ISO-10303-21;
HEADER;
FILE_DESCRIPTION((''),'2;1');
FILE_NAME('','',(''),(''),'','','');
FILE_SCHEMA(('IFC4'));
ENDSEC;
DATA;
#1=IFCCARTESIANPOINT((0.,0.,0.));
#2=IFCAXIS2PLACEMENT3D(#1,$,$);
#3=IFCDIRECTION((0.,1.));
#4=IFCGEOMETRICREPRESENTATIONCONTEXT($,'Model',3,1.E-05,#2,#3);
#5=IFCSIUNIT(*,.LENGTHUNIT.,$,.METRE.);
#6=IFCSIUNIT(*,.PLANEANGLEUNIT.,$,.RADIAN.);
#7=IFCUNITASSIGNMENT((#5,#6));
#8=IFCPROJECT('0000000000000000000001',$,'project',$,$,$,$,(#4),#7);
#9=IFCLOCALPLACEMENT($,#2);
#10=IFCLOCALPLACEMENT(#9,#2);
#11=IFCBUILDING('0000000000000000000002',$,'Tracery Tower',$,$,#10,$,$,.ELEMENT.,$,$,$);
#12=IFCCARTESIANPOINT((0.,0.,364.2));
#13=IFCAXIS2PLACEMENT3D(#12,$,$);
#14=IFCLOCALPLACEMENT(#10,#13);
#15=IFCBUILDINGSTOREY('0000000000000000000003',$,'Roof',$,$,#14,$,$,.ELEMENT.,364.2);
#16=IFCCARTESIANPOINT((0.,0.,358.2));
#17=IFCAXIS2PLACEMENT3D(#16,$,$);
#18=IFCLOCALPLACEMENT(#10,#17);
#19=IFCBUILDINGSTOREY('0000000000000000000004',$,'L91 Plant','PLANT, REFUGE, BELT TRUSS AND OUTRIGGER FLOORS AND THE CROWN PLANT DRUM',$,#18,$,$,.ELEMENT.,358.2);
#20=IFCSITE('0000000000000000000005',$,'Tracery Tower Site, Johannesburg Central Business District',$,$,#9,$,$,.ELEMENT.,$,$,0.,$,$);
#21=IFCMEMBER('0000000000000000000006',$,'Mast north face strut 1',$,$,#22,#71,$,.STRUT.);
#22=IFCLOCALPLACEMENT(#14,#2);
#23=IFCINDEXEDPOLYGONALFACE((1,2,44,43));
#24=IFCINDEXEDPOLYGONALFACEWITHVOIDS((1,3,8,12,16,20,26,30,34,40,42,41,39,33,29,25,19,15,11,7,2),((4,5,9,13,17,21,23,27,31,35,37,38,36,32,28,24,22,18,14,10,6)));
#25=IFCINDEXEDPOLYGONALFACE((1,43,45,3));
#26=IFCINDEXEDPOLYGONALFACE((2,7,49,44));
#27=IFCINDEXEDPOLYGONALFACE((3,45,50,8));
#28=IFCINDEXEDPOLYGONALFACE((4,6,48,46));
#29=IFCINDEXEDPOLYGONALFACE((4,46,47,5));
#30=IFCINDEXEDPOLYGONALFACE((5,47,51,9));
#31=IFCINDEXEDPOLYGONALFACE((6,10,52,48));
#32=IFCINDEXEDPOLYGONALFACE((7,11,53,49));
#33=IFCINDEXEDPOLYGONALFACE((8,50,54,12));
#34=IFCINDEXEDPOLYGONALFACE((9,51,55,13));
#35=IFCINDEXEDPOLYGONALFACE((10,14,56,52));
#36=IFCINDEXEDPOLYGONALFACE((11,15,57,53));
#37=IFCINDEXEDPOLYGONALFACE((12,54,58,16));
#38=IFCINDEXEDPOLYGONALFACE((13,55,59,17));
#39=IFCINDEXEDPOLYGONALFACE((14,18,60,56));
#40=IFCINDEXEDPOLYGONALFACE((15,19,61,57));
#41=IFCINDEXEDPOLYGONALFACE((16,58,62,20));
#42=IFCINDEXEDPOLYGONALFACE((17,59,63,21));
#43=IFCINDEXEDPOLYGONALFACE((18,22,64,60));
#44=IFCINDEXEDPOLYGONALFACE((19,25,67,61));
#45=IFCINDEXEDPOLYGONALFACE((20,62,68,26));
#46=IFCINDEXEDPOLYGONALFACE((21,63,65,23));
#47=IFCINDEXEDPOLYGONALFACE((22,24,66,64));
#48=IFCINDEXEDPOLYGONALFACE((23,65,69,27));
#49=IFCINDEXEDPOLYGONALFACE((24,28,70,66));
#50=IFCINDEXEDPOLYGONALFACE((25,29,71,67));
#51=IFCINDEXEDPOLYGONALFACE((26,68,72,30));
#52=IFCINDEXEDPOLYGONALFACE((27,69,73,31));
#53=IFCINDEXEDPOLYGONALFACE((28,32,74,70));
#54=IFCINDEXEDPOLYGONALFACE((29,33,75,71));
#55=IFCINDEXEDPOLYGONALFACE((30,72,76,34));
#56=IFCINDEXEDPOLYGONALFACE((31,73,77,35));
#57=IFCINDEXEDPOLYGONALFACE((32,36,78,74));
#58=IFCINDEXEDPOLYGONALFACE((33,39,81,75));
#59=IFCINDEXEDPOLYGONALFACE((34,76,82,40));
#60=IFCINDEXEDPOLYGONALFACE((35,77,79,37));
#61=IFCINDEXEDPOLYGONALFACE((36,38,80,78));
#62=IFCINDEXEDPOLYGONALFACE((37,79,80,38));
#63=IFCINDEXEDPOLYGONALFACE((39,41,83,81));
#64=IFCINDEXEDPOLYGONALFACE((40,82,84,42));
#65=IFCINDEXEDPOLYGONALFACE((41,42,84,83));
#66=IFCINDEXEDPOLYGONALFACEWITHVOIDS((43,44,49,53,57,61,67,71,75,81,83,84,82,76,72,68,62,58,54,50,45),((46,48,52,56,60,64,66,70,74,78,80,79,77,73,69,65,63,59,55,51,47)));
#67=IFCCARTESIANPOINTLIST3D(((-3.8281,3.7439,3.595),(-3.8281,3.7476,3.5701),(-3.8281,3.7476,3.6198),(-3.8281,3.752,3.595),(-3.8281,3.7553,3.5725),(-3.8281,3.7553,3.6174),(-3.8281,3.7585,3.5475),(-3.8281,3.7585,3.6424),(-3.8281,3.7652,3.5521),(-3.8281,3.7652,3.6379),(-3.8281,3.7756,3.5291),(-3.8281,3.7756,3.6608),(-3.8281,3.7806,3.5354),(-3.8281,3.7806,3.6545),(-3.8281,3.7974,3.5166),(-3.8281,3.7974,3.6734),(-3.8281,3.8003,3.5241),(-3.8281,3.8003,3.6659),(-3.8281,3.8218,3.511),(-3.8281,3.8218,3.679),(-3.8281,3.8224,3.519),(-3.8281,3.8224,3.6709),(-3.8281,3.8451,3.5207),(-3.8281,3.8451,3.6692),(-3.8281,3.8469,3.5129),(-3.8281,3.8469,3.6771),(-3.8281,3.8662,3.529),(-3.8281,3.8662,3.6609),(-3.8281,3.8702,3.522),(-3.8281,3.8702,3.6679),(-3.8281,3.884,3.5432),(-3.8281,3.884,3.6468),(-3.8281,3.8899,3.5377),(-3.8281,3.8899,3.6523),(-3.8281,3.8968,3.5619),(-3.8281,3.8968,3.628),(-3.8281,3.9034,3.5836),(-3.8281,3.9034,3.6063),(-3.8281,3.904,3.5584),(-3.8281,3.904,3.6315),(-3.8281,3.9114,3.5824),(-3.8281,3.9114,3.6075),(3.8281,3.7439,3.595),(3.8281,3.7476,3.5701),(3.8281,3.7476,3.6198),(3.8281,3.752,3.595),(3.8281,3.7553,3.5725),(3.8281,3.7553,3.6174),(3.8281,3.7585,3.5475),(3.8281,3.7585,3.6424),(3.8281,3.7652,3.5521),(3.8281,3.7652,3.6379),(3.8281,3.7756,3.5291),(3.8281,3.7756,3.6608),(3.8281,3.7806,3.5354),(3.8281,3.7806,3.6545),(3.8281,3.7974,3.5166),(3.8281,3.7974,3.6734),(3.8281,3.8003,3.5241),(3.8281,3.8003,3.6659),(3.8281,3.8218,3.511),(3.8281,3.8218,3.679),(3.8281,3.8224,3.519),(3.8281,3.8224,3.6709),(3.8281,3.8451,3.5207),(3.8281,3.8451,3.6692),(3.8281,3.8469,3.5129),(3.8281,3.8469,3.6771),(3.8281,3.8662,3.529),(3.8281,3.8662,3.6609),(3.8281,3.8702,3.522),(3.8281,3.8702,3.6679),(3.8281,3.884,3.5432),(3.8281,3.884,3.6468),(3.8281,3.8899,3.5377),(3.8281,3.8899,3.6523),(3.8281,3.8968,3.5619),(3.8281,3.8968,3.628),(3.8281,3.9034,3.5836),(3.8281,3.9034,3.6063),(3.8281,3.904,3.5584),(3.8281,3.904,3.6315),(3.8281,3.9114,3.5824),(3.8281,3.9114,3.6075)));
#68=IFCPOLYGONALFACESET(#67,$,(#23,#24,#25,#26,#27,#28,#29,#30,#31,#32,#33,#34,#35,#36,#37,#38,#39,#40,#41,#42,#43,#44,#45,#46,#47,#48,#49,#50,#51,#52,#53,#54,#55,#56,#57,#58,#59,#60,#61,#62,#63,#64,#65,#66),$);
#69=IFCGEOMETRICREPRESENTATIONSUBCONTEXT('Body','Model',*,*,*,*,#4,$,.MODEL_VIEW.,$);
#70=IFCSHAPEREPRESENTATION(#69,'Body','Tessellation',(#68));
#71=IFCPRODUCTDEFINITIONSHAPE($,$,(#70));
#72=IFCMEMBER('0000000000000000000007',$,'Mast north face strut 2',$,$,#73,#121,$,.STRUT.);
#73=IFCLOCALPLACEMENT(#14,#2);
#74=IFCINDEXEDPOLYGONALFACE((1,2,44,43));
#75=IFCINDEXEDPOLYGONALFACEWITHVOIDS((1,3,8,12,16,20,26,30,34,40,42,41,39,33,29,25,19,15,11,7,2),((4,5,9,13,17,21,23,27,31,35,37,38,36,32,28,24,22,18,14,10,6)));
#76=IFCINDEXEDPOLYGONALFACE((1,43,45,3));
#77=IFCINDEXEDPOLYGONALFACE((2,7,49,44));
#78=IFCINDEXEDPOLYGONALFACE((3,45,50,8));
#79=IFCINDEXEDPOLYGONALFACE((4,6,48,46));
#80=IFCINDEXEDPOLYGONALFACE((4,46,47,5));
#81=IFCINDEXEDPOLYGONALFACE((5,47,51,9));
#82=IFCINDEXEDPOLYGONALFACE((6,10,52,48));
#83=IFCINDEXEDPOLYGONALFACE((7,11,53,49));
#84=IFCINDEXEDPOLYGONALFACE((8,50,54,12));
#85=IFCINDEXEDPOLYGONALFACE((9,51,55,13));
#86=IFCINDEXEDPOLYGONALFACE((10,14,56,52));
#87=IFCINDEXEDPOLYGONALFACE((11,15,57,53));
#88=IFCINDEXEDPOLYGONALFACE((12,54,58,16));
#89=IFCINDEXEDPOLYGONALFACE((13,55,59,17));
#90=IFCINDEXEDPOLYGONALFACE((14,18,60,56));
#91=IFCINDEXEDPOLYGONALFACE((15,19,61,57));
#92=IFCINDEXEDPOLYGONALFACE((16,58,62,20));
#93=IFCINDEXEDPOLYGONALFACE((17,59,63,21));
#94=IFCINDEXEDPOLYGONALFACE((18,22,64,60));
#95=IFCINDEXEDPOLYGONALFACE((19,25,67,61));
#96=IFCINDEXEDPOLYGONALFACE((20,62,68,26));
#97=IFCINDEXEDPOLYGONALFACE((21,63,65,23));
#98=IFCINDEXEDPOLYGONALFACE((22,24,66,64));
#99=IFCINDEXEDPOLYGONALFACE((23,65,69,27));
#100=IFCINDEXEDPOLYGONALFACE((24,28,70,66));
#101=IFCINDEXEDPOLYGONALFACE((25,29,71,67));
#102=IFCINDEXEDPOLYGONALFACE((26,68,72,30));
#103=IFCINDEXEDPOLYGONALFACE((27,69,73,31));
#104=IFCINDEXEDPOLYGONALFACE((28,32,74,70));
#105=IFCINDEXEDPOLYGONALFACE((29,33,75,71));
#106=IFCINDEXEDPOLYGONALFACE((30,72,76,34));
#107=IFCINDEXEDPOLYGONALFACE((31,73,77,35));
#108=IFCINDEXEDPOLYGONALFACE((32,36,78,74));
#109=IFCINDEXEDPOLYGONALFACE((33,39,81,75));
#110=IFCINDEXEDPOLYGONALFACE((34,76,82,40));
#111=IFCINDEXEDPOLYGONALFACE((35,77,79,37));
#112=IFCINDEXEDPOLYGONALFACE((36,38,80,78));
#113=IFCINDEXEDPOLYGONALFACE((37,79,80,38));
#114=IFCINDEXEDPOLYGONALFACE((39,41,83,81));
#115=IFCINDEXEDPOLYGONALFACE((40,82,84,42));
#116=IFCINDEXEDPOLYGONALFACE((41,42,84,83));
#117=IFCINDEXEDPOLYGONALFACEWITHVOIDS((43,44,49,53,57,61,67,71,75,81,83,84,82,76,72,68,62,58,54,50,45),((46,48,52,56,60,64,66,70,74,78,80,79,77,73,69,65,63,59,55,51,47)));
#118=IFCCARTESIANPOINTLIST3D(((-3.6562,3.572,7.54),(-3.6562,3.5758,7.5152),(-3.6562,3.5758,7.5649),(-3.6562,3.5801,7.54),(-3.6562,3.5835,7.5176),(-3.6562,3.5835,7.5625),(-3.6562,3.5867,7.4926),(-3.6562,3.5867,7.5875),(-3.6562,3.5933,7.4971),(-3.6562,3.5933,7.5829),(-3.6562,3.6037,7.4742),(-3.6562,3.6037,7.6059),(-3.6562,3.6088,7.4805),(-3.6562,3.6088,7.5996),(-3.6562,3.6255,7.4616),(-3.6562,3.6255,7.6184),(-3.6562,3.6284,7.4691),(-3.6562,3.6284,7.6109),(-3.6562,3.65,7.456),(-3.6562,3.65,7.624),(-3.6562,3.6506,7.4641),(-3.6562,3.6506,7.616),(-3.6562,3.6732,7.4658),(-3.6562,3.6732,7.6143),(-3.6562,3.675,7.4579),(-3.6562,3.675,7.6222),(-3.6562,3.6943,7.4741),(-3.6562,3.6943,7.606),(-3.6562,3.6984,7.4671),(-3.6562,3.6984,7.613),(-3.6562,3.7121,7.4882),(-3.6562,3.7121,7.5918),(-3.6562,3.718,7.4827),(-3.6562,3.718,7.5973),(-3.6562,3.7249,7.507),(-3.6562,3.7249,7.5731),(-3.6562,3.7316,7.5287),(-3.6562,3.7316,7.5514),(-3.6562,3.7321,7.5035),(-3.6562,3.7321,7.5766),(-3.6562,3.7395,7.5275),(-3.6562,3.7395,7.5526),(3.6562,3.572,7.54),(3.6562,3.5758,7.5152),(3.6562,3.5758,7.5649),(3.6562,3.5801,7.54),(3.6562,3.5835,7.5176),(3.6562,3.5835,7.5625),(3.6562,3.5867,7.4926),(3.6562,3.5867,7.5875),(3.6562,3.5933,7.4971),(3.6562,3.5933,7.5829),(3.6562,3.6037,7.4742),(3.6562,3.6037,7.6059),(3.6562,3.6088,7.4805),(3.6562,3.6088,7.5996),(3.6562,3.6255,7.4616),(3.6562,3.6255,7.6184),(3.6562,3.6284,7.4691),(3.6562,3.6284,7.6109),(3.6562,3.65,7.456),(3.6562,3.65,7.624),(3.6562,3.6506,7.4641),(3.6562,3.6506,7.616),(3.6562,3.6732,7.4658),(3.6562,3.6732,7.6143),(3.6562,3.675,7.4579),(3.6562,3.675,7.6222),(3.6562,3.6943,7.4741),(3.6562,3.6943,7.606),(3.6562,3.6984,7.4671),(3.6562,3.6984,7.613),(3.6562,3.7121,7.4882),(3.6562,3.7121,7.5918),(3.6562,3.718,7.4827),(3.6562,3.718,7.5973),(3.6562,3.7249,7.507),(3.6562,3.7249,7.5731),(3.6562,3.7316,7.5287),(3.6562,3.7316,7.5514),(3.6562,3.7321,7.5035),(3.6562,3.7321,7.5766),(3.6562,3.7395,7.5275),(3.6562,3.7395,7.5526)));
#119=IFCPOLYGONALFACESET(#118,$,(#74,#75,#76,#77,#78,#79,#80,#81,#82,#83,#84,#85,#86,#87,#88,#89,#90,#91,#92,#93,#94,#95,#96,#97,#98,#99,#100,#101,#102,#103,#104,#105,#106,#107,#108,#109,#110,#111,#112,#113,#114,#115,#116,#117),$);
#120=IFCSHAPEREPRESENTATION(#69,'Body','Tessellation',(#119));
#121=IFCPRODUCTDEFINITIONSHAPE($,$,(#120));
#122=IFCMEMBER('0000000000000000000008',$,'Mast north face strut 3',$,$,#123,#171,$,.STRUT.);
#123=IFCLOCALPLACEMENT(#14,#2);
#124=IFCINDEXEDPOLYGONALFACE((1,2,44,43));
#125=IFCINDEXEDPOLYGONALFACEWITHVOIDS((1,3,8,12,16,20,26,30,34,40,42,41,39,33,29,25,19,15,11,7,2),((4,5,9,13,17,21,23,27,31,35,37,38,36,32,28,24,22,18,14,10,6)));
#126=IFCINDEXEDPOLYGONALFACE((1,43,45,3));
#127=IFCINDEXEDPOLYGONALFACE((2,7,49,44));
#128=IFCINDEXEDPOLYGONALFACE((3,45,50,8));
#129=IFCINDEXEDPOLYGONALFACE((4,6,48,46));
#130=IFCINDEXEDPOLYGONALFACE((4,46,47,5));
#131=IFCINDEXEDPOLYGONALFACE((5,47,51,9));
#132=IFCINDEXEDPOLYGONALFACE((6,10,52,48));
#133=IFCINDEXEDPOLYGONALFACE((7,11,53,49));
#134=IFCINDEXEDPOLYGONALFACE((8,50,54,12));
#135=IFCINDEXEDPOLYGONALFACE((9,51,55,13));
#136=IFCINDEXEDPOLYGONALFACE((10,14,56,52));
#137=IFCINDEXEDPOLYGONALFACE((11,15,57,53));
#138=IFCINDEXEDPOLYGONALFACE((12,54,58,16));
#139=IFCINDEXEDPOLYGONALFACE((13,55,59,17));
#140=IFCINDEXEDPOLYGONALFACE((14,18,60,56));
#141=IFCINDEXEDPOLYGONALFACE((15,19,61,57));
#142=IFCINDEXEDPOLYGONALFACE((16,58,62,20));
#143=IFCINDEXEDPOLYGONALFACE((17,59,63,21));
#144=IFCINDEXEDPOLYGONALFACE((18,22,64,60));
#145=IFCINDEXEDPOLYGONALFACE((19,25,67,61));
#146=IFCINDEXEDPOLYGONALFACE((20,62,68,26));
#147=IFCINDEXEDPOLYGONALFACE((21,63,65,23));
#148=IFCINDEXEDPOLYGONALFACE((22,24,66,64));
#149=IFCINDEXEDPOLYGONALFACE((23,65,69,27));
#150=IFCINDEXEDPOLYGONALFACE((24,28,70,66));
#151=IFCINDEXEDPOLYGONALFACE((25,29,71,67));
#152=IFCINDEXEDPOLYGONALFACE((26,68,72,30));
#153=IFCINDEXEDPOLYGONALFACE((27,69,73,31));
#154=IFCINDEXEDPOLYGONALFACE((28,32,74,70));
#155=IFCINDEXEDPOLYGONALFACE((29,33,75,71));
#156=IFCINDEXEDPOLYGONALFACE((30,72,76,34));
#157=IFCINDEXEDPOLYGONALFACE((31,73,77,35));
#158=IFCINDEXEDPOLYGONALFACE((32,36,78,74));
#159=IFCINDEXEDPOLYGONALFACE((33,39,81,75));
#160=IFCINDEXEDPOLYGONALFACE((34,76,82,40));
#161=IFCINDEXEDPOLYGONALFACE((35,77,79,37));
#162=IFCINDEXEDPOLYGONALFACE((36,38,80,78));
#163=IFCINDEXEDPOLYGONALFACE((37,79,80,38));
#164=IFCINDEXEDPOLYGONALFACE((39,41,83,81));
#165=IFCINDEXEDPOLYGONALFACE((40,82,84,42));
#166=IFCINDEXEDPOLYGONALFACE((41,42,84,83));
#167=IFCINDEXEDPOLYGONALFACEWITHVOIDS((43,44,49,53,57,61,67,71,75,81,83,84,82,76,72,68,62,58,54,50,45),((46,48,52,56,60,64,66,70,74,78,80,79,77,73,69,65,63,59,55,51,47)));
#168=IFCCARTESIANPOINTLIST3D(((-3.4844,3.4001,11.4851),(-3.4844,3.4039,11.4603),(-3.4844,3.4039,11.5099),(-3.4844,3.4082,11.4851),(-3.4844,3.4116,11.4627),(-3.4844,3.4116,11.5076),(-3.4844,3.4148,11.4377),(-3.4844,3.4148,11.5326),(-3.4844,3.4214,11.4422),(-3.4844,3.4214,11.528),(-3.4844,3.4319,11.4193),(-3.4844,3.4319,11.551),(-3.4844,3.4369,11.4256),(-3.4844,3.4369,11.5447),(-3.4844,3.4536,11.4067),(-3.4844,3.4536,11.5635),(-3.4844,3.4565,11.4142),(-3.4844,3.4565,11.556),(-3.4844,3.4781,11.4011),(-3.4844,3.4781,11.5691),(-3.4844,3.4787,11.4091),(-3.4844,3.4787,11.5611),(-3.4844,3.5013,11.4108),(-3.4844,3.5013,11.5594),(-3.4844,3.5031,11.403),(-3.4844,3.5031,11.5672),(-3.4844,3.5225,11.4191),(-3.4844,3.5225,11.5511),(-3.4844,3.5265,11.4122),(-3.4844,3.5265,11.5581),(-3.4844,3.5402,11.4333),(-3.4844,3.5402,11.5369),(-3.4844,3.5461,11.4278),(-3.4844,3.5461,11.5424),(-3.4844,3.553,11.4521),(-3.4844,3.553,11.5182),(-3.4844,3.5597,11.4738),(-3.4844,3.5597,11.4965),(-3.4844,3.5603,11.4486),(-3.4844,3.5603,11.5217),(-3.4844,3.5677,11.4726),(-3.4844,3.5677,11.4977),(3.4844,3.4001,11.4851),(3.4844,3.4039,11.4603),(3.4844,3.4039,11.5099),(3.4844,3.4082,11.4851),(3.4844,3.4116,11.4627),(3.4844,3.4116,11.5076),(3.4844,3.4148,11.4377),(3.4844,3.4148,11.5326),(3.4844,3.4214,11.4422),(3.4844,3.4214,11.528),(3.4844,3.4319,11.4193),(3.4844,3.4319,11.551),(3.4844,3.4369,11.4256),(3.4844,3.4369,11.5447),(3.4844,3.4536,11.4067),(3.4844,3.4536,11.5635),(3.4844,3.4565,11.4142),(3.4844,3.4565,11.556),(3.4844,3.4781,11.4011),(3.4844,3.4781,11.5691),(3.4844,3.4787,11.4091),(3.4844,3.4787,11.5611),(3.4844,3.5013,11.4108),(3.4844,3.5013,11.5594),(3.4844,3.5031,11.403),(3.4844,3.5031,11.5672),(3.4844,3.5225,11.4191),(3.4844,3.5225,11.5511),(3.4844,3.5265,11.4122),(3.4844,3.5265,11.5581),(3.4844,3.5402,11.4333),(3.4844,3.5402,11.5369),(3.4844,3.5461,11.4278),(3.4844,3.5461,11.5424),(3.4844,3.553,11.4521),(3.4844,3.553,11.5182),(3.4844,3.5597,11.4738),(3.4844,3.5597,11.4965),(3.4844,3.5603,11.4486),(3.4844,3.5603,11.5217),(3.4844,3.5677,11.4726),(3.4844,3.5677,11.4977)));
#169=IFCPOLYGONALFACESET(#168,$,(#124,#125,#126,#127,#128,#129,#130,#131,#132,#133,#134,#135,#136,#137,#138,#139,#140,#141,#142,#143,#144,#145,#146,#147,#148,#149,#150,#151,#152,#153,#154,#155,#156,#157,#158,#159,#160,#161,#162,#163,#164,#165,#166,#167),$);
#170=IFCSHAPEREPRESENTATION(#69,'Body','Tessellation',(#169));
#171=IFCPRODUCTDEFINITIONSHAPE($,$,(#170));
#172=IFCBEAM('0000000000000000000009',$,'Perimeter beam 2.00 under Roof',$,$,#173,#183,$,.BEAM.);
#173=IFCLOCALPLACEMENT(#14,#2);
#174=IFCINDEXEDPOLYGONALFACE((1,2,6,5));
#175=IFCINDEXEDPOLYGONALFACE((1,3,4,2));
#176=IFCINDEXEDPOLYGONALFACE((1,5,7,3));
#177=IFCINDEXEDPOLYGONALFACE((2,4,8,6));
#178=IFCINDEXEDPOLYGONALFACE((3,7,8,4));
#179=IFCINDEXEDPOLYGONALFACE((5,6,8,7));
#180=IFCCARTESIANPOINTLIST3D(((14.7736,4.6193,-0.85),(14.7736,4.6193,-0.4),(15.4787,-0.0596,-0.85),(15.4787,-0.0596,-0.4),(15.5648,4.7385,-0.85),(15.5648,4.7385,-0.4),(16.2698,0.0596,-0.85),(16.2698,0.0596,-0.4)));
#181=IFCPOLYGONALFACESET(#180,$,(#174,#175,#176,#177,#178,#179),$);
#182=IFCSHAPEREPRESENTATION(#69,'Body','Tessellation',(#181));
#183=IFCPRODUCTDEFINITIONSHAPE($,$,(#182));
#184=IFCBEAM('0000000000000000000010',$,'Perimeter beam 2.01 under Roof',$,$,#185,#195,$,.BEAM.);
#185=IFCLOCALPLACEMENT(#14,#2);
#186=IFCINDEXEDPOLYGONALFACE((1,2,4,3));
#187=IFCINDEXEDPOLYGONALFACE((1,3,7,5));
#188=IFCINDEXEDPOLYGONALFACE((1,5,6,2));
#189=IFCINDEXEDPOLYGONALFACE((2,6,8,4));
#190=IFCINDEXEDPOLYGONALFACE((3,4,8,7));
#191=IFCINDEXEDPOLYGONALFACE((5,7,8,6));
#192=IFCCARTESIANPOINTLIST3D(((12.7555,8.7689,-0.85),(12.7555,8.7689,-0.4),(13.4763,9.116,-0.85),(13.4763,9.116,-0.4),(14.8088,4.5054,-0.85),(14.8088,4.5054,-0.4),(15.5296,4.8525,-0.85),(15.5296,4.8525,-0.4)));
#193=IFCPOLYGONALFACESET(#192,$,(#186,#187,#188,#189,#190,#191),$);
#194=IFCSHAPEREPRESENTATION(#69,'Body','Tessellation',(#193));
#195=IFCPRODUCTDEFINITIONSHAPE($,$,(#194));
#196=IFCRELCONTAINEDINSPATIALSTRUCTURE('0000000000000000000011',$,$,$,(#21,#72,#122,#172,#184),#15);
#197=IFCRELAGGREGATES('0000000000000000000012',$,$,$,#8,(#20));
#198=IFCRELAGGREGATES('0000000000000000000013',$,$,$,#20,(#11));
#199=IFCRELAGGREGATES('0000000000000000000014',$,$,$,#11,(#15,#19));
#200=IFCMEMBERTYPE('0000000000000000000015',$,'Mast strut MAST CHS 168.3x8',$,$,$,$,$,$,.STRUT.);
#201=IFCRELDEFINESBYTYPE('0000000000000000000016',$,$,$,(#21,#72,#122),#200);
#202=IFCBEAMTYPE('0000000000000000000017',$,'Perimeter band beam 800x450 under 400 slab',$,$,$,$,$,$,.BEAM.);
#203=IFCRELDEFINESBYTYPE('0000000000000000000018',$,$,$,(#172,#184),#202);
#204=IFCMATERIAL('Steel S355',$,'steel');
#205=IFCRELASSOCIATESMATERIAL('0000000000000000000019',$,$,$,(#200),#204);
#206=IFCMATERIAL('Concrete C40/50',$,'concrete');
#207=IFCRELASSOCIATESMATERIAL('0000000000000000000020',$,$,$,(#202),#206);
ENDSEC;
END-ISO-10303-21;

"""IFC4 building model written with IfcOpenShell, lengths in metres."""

from ifc_helpers import new_model, si_unit, direction, frame, origin, origin_2d, place, context, subcontext, project, spatial, rectangle, hollow_circle, extrude, material, material_profile, profile_set, type_object, element, save


model = new_model("IFC4")

# Units and contexts
model_context = context("Model", 3, precision=1e-05, world=origin(), true_north=direction((0.0, 1.0)))
body_context = subcontext(model_context, "Body", "Model", "MODEL_VIEW")
ifc_project = project(units=[si_unit("LENGTHUNIT", "METRE"), si_unit("PLANEANGLEUNIT", "RADIAN")], contexts=[model_context])

# Site, building, storey
site_placement = place(None, origin())
site = spatial("IfcSite", under=ifc_project, at=site_placement, Name="Tracery Tower Site, Johannesburg Central Business District", CompositionType="ELEMENT", RefElevation=0.0)
building_placement = place(site_placement, origin())
building = spatial("IfcBuilding", under=site, at=building_placement, Name="Tracery Tower", CompositionType="ELEMENT")
storey_1_placement = place(building_placement, frame((0.0, 0.0, 364.2)))
storey_1 = spatial("IfcBuildingStorey", under=building, at=storey_1_placement, Name="Roof", CompositionType="ELEMENT", Elevation=364.2)

# Members
ifc_material_1 = material(Name="Steel S355", Category="steel")
ifc_material_profile_1 = material_profile(ifc_material_1, hollow_circle(Radius=0.0842, WallThickness=0.0081, at=origin_2d()), Name="CHS 168.3x8")
ifc_profile_set_1 = profile_set([ifc_material_profile_1], Name="Steel S355")
member_type_1 = type_object("IfcMemberType", Name="Mast strut MAST CHS 168.3x8", PredefinedType="STRUT", material=ifc_profile_set_1)
member_1_placement = place(storey_1_placement, frame((3.8281, 3.8281, 3.595), z_axis=(-1.0, 0.0, 0.0), x_axis=(0.0, -1.0, 0.0)))
element("IfcMember", 1, at=member_1_placement, inside=storey_1, type_object=member_type_1, Name="Mast north face strut 1", PredefinedType="STRUT", context=body_context, shape_type="SweptSolid", body=[
    extrude(hollow_circle(Radius=0.0842, WallThickness=0.0081, at=origin_2d()), origin(), (0.0, 0.0, 1.0), 7.6562),
])
member_2_placement = place(storey_1_placement, frame((3.6562, 3.6562, 7.54), z_axis=(-1.0, 0.0, 0.0), x_axis=(0.0, -1.0, 0.0)))
element("IfcMember", 2, at=member_2_placement, inside=storey_1, type_object=member_type_1, Name="Mast north face strut 2", PredefinedType="STRUT", context=body_context, shape_type="SweptSolid", body=[
    extrude(hollow_circle(Radius=0.0842, WallThickness=0.0081, at=origin_2d()), origin(), (0.0, 0.0, 1.0), 7.3125),
])
member_3_placement = place(storey_1_placement, frame((3.4844, 3.4844, 11.4851), z_axis=(-1.0, 0.0, 0.0), x_axis=(0.0, -1.0, 0.0)))
element("IfcMember", 3, at=member_3_placement, inside=storey_1, type_object=member_type_1, Name="Mast north face strut 3", PredefinedType="STRUT", context=body_context, shape_type="SweptSolid", body=[
    extrude(hollow_circle(Radius=0.0842, WallThickness=0.0081, at=origin_2d()), origin(), (0.0, 0.0, 1.0), 6.9688),
])

# Beams
ifc_material_2 = material(Name="Concrete C40/50", Category="concrete")
ifc_material_profile_2 = material_profile(ifc_material_2, rectangle(XDim=0.8, YDim=0.45, at=origin_2d()), Name="RC 800x450")
ifc_profile_set_2 = profile_set([ifc_material_profile_2], Name="Concrete C40/50")
beam_type_1 = type_object("IfcBeamType", Name="Perimeter band beam 800x450 under 400 slab", PredefinedType="BEAM", material=ifc_profile_set_2)
beam_1_placement = place(storey_1_placement, frame((15.8743, 0.0, -0.625), z_axis=(-0.149009, 0.988836, 0.0), x_axis=(-0.988836, -0.149009, 0.0)))
element("IfcBeam", 4, at=beam_1_placement, inside=storey_1, type_object=beam_type_1, Name="Perimeter beam 2.00 under Roof", PredefinedType="BEAM", context=body_context, shape_type="SweptSolid", body=[
    extrude(rectangle(XDim=0.8, YDim=0.45, at=origin_2d()), origin(), (0.0, 0.0, 1.0), 4.7317),
])
beam_2_placement = place(storey_1_placement, frame((15.1692, 4.679, -0.625), z_axis=(-0.433895, 0.900964, 0.0), x_axis=(-0.900964, -0.433895, 0.0)))
element("IfcBeam", 5, at=beam_2_placement, inside=storey_1, type_object=beam_type_1, Name="Perimeter beam 2.01 under Roof", PredefinedType="BEAM", context=body_context, shape_type="SweptSolid", body=[
    extrude(rectangle(XDim=0.8, YDim=0.45, at=origin_2d()), origin(), (0.0, 0.0, 1.0), 4.7322),
])

# Shared definitions
storey_2_placement = place(building_placement, frame((0.0, 0.0, 358.2)))
storey_2 = spatial("IfcBuildingStorey", under=building, at=storey_2_placement, Name="L91 Plant", Description="PLANT, REFUGE, BELT TRUSS AND OUTRIGGER FLOORS AND THE CROWN PLANT DRUM", CompositionType="ELEMENT", Elevation=358.2)

save(model, "model.ifc")
